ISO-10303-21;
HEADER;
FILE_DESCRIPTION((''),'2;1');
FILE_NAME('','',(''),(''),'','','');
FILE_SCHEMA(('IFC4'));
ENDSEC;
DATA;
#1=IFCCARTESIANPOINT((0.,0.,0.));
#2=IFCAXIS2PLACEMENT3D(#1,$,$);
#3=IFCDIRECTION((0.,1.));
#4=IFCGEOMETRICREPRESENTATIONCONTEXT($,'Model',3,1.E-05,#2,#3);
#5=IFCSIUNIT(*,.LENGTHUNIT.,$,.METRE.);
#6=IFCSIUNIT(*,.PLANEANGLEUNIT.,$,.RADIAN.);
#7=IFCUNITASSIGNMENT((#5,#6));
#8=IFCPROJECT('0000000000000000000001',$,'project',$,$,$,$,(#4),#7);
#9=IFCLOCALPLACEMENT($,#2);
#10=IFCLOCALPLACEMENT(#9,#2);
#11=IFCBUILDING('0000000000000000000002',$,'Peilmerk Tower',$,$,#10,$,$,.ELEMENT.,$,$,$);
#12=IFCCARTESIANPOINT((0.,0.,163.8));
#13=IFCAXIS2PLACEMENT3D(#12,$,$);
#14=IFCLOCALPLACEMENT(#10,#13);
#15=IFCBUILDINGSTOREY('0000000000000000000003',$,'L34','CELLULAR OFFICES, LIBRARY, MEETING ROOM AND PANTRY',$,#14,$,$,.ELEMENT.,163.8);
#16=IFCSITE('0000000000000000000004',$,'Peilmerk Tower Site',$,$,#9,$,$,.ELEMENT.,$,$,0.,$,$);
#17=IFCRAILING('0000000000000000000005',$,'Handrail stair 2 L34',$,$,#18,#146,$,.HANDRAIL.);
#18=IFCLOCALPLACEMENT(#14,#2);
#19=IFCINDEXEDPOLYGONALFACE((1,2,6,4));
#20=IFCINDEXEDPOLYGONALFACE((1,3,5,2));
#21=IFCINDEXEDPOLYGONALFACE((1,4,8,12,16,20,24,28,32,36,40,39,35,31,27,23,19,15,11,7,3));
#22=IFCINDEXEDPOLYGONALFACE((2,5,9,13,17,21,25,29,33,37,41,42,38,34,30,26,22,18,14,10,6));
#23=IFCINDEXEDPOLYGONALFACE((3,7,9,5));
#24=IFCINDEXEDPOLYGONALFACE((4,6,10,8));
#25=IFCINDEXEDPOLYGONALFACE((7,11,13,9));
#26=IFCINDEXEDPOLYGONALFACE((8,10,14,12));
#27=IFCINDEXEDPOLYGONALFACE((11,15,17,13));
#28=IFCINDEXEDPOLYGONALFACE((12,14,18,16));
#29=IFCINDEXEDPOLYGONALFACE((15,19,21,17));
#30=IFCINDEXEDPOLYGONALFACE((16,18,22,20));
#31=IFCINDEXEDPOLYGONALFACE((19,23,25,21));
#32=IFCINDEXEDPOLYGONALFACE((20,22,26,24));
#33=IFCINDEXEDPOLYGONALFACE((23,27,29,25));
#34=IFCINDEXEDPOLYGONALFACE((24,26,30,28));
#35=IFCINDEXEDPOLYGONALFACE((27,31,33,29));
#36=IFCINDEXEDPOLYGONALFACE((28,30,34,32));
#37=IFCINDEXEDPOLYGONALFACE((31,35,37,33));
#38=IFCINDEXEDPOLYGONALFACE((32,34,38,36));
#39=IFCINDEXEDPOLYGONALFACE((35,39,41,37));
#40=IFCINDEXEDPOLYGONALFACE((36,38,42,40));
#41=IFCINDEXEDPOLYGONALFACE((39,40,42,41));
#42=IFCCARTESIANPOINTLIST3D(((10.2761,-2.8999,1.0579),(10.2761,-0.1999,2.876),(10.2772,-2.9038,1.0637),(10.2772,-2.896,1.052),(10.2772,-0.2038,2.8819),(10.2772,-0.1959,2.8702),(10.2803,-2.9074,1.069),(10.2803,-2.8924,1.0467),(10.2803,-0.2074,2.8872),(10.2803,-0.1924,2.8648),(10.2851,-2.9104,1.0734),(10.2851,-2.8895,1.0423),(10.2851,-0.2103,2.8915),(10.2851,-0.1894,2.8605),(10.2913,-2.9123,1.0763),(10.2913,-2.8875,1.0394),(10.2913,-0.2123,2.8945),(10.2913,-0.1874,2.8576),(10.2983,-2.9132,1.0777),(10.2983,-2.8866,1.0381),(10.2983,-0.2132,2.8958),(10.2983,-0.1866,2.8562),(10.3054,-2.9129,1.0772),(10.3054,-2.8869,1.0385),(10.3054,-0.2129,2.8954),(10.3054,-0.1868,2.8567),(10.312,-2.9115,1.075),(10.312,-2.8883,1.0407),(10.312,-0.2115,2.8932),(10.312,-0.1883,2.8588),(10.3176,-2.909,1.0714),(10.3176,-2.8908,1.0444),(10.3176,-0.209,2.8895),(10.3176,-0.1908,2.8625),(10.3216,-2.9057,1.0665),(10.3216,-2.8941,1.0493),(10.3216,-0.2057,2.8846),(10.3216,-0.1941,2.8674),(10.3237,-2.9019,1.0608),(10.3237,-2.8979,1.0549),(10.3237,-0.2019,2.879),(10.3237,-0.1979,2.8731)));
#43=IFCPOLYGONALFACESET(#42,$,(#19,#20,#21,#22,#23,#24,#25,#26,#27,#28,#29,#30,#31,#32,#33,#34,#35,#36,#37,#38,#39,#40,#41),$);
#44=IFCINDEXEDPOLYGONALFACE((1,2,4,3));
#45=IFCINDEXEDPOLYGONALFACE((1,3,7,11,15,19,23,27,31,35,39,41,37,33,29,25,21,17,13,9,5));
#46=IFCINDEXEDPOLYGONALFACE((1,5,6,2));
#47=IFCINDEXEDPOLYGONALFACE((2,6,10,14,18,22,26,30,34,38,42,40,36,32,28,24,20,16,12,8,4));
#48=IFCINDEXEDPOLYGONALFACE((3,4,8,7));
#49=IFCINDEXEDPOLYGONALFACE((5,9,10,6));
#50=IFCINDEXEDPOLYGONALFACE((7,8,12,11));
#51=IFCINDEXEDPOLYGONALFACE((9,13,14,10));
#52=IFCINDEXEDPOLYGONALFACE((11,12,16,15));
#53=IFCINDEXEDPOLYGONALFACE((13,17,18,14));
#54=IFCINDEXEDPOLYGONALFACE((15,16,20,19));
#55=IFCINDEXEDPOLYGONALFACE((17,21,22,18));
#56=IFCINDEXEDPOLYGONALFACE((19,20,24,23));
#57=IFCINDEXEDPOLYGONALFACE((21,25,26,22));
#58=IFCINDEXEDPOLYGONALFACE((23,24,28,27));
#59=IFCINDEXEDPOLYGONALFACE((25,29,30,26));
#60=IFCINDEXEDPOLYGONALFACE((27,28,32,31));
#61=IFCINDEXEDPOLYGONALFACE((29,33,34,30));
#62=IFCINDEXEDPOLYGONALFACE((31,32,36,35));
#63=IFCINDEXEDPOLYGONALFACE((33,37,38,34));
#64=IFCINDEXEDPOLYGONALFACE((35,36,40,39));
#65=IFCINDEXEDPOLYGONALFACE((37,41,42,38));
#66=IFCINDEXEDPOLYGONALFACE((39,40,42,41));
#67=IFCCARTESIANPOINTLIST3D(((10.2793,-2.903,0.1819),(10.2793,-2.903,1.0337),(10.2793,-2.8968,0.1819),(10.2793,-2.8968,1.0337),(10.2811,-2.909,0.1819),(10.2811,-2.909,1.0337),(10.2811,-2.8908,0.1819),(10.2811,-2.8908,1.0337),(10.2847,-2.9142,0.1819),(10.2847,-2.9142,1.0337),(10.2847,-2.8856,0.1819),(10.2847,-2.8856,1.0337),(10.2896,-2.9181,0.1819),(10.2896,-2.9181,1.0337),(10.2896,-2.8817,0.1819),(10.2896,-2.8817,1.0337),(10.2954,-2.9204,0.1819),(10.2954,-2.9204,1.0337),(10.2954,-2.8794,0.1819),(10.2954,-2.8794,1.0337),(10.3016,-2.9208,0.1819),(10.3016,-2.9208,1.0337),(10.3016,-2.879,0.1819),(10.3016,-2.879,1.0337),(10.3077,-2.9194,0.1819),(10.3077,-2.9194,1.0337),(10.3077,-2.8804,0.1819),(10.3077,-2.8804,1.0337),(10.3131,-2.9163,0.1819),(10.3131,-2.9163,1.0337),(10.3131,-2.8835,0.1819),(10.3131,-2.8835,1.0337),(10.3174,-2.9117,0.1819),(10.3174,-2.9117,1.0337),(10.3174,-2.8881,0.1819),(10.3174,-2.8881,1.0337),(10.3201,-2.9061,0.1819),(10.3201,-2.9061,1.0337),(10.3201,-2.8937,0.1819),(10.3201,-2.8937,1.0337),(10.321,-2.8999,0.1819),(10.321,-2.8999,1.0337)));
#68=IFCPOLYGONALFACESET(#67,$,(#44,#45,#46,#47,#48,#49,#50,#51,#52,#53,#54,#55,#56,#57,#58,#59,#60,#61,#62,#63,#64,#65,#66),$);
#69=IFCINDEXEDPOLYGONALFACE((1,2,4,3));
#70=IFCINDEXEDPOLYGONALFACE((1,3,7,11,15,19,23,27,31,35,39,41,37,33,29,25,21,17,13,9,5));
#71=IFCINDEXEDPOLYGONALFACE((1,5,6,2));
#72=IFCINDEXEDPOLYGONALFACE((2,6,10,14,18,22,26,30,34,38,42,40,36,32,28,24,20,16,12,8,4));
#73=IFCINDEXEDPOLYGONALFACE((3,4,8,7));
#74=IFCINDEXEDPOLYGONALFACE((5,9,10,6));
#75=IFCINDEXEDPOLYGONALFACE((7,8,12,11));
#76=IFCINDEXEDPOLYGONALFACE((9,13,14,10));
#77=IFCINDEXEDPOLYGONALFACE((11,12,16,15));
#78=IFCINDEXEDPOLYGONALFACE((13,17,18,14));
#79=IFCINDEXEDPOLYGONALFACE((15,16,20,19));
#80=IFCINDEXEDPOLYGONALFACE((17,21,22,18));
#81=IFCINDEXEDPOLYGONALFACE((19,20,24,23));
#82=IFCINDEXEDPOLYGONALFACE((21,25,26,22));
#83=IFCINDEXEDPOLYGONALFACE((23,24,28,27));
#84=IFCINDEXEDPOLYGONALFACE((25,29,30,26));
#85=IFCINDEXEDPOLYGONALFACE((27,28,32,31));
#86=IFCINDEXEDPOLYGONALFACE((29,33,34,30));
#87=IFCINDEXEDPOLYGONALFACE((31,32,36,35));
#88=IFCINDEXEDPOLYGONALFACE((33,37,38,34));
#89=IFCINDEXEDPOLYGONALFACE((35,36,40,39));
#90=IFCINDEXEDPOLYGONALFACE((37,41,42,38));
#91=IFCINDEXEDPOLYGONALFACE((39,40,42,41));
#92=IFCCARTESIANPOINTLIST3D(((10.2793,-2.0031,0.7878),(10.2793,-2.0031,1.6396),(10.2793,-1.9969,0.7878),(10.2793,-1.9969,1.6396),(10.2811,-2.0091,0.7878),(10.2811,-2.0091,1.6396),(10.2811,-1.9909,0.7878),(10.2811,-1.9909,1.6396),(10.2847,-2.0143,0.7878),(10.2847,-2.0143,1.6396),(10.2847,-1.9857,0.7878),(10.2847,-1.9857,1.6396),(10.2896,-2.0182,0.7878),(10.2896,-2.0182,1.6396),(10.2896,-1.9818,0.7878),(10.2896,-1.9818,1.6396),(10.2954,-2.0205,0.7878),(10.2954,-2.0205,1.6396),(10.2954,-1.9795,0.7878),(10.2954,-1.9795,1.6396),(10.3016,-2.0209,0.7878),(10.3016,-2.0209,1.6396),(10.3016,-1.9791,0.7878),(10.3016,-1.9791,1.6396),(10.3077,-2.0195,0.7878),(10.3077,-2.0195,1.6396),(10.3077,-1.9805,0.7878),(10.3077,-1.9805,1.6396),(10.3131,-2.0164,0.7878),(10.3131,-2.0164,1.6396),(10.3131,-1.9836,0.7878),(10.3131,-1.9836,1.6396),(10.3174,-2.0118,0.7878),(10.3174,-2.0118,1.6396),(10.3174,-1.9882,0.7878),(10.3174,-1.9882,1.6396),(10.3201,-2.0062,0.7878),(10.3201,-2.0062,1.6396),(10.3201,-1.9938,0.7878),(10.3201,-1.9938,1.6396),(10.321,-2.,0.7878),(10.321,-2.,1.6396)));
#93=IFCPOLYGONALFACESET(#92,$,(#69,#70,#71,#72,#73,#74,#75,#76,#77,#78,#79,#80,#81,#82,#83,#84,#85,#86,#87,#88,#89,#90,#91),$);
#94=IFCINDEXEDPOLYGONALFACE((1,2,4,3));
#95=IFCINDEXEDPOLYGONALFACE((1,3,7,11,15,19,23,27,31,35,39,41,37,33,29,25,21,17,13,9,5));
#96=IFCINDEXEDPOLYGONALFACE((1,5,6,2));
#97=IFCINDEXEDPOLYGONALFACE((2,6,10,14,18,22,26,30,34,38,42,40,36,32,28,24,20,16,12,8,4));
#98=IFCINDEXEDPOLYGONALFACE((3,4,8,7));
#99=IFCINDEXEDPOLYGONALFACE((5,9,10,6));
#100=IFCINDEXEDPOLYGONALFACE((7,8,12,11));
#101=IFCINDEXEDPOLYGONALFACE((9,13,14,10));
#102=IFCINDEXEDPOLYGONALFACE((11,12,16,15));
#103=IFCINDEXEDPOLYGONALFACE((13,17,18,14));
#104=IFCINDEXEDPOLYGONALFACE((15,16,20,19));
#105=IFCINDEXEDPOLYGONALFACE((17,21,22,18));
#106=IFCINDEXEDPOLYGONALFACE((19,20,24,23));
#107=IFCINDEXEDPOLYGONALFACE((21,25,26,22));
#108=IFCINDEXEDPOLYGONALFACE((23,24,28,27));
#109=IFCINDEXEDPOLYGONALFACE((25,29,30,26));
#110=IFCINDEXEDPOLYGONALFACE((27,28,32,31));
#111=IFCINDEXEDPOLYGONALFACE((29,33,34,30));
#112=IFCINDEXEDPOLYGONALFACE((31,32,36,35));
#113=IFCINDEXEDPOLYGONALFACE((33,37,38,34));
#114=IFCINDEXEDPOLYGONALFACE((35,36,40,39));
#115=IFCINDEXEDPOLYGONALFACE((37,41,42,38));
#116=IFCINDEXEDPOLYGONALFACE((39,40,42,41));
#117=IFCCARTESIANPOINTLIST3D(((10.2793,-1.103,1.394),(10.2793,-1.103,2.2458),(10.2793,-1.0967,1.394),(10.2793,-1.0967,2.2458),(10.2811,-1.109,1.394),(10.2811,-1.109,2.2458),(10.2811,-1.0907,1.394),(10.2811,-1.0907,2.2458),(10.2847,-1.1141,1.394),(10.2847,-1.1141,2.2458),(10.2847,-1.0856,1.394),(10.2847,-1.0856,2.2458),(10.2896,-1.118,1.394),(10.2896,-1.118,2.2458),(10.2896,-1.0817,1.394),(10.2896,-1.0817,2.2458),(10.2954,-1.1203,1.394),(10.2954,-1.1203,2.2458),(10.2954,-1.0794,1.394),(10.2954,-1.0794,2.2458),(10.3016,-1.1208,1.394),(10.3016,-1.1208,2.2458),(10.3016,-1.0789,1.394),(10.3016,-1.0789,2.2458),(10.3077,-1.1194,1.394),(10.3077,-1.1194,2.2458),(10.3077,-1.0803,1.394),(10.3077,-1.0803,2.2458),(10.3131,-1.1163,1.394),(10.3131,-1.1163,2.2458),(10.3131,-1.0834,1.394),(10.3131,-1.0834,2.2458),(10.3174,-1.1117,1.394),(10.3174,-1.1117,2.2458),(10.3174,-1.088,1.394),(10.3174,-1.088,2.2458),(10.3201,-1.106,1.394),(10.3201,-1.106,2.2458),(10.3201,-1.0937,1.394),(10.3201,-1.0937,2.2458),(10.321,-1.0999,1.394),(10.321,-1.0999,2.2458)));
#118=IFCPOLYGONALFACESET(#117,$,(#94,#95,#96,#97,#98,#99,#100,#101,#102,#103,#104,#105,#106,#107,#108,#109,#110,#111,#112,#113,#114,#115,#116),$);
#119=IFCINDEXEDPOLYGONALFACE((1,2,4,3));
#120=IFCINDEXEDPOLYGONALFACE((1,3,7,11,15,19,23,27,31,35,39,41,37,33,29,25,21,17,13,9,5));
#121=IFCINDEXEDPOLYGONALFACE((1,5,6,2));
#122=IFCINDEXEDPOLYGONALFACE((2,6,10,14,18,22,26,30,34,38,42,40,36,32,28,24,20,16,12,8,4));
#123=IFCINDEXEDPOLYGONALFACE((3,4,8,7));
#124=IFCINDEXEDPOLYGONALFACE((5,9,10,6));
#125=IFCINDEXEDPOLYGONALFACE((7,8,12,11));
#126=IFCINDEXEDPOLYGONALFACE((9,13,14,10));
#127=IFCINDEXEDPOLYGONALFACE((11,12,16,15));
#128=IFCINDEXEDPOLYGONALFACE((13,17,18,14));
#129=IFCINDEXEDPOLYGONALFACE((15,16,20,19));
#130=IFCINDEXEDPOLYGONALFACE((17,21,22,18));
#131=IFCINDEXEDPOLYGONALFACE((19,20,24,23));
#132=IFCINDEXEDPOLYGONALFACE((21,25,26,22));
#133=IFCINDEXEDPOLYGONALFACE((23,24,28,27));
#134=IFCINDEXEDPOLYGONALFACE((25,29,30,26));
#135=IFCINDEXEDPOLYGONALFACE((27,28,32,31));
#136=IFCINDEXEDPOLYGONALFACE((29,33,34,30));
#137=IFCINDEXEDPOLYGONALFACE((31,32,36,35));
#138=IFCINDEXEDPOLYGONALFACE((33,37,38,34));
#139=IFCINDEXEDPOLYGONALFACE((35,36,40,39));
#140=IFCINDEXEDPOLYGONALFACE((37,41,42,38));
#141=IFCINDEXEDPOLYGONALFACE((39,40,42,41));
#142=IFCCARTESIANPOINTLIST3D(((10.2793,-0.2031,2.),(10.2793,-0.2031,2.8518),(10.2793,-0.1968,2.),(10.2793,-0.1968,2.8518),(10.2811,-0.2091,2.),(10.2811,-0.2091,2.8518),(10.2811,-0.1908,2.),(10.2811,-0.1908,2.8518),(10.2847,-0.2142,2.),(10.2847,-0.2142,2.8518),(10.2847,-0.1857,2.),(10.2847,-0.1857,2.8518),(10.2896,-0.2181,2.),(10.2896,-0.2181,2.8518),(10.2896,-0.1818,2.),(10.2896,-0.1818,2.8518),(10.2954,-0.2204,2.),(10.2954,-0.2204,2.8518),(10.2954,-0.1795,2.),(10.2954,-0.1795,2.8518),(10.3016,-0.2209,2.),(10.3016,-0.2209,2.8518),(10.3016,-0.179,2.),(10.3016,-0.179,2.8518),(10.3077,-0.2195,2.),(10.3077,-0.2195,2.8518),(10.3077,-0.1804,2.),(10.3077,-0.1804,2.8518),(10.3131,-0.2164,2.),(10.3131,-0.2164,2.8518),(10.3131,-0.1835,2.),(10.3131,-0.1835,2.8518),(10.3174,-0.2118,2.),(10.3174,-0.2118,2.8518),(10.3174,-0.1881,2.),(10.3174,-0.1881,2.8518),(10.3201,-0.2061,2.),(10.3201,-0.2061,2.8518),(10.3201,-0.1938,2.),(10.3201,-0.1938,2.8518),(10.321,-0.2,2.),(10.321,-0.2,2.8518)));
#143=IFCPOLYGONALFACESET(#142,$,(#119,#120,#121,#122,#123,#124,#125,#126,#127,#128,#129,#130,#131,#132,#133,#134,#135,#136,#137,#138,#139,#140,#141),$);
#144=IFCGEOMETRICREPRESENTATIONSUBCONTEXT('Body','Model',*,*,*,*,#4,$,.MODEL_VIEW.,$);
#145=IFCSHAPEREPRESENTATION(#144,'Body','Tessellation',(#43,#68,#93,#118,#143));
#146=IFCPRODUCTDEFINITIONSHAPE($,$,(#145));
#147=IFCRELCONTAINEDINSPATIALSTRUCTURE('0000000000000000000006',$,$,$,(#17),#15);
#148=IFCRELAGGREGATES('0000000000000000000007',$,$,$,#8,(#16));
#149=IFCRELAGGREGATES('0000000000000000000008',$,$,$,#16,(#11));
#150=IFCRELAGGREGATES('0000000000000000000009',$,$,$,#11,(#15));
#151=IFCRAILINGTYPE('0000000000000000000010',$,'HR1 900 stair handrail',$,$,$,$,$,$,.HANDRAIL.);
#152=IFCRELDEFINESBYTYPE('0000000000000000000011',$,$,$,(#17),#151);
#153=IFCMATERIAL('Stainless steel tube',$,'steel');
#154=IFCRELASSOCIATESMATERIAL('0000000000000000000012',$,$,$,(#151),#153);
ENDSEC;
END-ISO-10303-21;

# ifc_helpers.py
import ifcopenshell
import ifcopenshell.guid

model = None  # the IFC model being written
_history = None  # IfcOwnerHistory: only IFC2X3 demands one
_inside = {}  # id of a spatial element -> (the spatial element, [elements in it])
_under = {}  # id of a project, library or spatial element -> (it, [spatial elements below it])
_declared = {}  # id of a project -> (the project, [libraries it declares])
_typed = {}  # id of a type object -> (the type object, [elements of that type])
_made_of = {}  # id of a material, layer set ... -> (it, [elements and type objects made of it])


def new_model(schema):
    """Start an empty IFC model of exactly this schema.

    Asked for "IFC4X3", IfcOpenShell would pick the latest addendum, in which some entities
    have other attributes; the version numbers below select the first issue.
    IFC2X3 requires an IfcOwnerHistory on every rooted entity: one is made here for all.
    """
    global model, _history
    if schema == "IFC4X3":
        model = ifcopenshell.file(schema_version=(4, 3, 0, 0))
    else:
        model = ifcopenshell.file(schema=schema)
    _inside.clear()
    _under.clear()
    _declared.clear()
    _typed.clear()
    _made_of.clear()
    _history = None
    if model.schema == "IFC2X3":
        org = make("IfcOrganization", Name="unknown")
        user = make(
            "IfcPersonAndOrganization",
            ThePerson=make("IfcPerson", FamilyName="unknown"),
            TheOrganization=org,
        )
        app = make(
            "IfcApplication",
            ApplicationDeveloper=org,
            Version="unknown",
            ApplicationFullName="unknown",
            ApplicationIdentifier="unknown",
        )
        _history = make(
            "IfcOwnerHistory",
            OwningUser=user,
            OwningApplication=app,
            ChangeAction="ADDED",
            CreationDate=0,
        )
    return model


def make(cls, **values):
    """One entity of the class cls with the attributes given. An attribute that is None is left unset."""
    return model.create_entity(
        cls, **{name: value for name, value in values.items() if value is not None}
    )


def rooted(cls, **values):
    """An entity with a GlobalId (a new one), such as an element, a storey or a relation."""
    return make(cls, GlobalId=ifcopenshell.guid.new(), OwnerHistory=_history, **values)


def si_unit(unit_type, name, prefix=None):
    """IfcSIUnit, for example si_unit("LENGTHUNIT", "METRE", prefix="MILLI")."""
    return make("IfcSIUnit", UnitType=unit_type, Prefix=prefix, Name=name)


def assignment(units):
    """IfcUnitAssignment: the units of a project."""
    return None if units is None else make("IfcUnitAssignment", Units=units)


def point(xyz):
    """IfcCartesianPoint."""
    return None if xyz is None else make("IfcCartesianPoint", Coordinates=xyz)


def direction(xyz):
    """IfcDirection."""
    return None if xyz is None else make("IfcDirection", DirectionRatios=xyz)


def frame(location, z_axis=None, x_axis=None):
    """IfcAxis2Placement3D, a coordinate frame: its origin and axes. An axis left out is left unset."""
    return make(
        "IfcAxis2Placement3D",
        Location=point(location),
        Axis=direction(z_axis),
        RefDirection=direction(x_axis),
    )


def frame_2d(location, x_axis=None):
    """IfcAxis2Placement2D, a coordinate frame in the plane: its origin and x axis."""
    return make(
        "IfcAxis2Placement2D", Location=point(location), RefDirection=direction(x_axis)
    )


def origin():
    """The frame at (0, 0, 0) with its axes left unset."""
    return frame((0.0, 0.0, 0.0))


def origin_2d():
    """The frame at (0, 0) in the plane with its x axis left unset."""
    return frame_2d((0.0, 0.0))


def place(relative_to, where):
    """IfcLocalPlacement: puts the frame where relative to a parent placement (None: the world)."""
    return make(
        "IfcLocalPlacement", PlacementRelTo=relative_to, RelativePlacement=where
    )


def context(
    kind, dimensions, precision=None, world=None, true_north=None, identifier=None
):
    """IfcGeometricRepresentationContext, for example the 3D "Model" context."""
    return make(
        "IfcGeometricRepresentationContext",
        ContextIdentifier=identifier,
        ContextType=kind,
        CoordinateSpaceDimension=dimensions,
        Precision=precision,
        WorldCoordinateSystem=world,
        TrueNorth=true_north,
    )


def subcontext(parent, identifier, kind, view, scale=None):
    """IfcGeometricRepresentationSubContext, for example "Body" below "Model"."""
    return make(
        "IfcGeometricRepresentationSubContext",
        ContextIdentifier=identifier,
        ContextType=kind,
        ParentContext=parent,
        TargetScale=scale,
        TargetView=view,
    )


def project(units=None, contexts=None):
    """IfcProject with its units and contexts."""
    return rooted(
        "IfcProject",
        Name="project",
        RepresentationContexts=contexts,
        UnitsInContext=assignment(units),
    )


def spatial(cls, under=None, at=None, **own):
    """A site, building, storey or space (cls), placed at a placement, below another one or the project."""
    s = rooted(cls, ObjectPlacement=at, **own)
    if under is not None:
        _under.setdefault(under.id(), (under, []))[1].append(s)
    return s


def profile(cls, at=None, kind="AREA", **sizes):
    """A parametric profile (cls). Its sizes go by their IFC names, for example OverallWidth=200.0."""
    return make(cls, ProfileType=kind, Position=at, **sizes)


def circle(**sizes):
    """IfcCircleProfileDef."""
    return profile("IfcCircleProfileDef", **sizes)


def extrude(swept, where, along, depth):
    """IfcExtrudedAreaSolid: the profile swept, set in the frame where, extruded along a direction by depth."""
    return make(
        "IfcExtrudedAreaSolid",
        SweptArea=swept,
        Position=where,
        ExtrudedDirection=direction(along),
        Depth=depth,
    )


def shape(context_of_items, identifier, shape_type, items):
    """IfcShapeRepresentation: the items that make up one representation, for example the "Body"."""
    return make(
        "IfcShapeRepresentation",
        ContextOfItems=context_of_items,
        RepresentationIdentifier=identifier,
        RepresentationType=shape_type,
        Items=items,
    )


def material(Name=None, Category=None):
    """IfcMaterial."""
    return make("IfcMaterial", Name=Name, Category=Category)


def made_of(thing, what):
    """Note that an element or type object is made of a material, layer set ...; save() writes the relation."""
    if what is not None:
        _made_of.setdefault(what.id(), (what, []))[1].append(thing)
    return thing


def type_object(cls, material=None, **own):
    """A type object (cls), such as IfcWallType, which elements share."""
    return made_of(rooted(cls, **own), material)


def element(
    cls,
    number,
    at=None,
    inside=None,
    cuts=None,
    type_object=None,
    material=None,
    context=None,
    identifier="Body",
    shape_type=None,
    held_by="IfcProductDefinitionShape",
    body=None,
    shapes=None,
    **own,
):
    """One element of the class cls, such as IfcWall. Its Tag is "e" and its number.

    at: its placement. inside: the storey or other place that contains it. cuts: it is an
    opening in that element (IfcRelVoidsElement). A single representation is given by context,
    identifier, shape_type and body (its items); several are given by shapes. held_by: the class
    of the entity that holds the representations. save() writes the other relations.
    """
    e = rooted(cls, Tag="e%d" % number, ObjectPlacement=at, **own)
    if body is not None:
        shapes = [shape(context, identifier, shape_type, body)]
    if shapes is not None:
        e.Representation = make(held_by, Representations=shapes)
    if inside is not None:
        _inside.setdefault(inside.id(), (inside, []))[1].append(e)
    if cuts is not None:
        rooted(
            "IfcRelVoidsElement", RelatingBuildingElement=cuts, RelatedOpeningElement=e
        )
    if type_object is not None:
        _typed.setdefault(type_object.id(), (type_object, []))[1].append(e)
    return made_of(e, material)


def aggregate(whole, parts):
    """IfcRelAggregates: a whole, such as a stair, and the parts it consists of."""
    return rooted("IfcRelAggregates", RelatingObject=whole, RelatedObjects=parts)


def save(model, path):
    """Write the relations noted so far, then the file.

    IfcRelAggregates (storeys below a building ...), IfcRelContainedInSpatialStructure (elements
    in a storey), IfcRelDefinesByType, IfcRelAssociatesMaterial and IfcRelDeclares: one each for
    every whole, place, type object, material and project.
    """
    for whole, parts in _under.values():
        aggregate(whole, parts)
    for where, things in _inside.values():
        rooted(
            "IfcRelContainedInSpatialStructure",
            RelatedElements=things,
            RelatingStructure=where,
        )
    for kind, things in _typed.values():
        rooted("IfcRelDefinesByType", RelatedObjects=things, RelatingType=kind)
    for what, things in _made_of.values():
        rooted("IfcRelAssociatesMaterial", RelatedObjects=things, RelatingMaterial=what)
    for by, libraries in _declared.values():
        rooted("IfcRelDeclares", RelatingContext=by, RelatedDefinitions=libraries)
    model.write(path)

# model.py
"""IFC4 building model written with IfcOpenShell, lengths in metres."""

from ifc_helpers import new_model, si_unit, direction, frame, origin, origin_2d, place, context, subcontext, project, spatial, circle, extrude, material, type_object, element, save


model = new_model("IFC4")

# Units and contexts
model_context = context("Model", 3, precision=1e-05, world=origin(), true_north=direction((0.0, 1.0)))
body_context = subcontext(model_context, "Body", "Model", "MODEL_VIEW")
ifc_project = project(units=[si_unit("LENGTHUNIT", "METRE"), si_unit("PLANEANGLEUNIT", "RADIAN")], contexts=[model_context])

# Site, building, storey
site_placement = place(None, origin())
site = spatial("IfcSite", under=ifc_project, at=site_placement, Name="Peilmerk Tower Site", CompositionType="ELEMENT", RefElevation=0.0)
building_placement = place(site_placement, origin())
building = spatial("IfcBuilding", under=site, at=building_placement, Name="Peilmerk Tower", CompositionType="ELEMENT")
storey_placement = place(building_placement, frame((0.0, 0.0, 163.8)))
storey = spatial("IfcBuildingStorey", under=building, at=storey_placement, Name="L34", Description="CELLULAR OFFICES, LIBRARY, MEETING ROOM AND PANTRY", CompositionType="ELEMENT", Elevation=163.8)

# Railing
ifc_material_1 = material(Name="Stainless steel tube", Category="steel")
railing_type_1 = type_object("IfcRailingType", Name="HR1 900 stair handrail", PredefinedType="HANDRAIL", material=ifc_material_1)
railing_1_placement = place(storey_placement, frame((10.3, -2.8999, 0.1819)))
element("IfcRailing", 1, at=railing_1_placement, inside=storey, type_object=railing_type_1, Name="Handrail stair 2 L34", PredefinedType="HANDRAIL", context=body_context, shape_type="SweptSolid", body=[
    extrude(circle(Radius=0.0239, at=origin_2d()), frame((0.0, 0.0, 0.876), z_axis=(0.0, 0.829468, 0.558554), x_axis=(-1.0, 0.0, 0.0)), (0.0, 0.0, 1.0), 3.2551),
    extrude(circle(Radius=0.021, at=origin_2d()), origin(), (0.0, 0.0, 1.0), 0.8518),
    extrude(circle(Radius=0.021, at=origin_2d()), frame((0.0, 0.8999, 0.606)), (0.0, 0.0, 1.0), 0.8518),
    extrude(circle(Radius=0.021, at=origin_2d()), frame((0.0, 1.8, 1.2122)), (0.0, 0.0, 1.0), 0.8518),
    extrude(circle(Radius=0.021, at=origin_2d()), frame((0.0, 2.7, 1.8181)), (0.0, 0.0, 1.0), 0.8518),
])

save(model, "model.ifc")
